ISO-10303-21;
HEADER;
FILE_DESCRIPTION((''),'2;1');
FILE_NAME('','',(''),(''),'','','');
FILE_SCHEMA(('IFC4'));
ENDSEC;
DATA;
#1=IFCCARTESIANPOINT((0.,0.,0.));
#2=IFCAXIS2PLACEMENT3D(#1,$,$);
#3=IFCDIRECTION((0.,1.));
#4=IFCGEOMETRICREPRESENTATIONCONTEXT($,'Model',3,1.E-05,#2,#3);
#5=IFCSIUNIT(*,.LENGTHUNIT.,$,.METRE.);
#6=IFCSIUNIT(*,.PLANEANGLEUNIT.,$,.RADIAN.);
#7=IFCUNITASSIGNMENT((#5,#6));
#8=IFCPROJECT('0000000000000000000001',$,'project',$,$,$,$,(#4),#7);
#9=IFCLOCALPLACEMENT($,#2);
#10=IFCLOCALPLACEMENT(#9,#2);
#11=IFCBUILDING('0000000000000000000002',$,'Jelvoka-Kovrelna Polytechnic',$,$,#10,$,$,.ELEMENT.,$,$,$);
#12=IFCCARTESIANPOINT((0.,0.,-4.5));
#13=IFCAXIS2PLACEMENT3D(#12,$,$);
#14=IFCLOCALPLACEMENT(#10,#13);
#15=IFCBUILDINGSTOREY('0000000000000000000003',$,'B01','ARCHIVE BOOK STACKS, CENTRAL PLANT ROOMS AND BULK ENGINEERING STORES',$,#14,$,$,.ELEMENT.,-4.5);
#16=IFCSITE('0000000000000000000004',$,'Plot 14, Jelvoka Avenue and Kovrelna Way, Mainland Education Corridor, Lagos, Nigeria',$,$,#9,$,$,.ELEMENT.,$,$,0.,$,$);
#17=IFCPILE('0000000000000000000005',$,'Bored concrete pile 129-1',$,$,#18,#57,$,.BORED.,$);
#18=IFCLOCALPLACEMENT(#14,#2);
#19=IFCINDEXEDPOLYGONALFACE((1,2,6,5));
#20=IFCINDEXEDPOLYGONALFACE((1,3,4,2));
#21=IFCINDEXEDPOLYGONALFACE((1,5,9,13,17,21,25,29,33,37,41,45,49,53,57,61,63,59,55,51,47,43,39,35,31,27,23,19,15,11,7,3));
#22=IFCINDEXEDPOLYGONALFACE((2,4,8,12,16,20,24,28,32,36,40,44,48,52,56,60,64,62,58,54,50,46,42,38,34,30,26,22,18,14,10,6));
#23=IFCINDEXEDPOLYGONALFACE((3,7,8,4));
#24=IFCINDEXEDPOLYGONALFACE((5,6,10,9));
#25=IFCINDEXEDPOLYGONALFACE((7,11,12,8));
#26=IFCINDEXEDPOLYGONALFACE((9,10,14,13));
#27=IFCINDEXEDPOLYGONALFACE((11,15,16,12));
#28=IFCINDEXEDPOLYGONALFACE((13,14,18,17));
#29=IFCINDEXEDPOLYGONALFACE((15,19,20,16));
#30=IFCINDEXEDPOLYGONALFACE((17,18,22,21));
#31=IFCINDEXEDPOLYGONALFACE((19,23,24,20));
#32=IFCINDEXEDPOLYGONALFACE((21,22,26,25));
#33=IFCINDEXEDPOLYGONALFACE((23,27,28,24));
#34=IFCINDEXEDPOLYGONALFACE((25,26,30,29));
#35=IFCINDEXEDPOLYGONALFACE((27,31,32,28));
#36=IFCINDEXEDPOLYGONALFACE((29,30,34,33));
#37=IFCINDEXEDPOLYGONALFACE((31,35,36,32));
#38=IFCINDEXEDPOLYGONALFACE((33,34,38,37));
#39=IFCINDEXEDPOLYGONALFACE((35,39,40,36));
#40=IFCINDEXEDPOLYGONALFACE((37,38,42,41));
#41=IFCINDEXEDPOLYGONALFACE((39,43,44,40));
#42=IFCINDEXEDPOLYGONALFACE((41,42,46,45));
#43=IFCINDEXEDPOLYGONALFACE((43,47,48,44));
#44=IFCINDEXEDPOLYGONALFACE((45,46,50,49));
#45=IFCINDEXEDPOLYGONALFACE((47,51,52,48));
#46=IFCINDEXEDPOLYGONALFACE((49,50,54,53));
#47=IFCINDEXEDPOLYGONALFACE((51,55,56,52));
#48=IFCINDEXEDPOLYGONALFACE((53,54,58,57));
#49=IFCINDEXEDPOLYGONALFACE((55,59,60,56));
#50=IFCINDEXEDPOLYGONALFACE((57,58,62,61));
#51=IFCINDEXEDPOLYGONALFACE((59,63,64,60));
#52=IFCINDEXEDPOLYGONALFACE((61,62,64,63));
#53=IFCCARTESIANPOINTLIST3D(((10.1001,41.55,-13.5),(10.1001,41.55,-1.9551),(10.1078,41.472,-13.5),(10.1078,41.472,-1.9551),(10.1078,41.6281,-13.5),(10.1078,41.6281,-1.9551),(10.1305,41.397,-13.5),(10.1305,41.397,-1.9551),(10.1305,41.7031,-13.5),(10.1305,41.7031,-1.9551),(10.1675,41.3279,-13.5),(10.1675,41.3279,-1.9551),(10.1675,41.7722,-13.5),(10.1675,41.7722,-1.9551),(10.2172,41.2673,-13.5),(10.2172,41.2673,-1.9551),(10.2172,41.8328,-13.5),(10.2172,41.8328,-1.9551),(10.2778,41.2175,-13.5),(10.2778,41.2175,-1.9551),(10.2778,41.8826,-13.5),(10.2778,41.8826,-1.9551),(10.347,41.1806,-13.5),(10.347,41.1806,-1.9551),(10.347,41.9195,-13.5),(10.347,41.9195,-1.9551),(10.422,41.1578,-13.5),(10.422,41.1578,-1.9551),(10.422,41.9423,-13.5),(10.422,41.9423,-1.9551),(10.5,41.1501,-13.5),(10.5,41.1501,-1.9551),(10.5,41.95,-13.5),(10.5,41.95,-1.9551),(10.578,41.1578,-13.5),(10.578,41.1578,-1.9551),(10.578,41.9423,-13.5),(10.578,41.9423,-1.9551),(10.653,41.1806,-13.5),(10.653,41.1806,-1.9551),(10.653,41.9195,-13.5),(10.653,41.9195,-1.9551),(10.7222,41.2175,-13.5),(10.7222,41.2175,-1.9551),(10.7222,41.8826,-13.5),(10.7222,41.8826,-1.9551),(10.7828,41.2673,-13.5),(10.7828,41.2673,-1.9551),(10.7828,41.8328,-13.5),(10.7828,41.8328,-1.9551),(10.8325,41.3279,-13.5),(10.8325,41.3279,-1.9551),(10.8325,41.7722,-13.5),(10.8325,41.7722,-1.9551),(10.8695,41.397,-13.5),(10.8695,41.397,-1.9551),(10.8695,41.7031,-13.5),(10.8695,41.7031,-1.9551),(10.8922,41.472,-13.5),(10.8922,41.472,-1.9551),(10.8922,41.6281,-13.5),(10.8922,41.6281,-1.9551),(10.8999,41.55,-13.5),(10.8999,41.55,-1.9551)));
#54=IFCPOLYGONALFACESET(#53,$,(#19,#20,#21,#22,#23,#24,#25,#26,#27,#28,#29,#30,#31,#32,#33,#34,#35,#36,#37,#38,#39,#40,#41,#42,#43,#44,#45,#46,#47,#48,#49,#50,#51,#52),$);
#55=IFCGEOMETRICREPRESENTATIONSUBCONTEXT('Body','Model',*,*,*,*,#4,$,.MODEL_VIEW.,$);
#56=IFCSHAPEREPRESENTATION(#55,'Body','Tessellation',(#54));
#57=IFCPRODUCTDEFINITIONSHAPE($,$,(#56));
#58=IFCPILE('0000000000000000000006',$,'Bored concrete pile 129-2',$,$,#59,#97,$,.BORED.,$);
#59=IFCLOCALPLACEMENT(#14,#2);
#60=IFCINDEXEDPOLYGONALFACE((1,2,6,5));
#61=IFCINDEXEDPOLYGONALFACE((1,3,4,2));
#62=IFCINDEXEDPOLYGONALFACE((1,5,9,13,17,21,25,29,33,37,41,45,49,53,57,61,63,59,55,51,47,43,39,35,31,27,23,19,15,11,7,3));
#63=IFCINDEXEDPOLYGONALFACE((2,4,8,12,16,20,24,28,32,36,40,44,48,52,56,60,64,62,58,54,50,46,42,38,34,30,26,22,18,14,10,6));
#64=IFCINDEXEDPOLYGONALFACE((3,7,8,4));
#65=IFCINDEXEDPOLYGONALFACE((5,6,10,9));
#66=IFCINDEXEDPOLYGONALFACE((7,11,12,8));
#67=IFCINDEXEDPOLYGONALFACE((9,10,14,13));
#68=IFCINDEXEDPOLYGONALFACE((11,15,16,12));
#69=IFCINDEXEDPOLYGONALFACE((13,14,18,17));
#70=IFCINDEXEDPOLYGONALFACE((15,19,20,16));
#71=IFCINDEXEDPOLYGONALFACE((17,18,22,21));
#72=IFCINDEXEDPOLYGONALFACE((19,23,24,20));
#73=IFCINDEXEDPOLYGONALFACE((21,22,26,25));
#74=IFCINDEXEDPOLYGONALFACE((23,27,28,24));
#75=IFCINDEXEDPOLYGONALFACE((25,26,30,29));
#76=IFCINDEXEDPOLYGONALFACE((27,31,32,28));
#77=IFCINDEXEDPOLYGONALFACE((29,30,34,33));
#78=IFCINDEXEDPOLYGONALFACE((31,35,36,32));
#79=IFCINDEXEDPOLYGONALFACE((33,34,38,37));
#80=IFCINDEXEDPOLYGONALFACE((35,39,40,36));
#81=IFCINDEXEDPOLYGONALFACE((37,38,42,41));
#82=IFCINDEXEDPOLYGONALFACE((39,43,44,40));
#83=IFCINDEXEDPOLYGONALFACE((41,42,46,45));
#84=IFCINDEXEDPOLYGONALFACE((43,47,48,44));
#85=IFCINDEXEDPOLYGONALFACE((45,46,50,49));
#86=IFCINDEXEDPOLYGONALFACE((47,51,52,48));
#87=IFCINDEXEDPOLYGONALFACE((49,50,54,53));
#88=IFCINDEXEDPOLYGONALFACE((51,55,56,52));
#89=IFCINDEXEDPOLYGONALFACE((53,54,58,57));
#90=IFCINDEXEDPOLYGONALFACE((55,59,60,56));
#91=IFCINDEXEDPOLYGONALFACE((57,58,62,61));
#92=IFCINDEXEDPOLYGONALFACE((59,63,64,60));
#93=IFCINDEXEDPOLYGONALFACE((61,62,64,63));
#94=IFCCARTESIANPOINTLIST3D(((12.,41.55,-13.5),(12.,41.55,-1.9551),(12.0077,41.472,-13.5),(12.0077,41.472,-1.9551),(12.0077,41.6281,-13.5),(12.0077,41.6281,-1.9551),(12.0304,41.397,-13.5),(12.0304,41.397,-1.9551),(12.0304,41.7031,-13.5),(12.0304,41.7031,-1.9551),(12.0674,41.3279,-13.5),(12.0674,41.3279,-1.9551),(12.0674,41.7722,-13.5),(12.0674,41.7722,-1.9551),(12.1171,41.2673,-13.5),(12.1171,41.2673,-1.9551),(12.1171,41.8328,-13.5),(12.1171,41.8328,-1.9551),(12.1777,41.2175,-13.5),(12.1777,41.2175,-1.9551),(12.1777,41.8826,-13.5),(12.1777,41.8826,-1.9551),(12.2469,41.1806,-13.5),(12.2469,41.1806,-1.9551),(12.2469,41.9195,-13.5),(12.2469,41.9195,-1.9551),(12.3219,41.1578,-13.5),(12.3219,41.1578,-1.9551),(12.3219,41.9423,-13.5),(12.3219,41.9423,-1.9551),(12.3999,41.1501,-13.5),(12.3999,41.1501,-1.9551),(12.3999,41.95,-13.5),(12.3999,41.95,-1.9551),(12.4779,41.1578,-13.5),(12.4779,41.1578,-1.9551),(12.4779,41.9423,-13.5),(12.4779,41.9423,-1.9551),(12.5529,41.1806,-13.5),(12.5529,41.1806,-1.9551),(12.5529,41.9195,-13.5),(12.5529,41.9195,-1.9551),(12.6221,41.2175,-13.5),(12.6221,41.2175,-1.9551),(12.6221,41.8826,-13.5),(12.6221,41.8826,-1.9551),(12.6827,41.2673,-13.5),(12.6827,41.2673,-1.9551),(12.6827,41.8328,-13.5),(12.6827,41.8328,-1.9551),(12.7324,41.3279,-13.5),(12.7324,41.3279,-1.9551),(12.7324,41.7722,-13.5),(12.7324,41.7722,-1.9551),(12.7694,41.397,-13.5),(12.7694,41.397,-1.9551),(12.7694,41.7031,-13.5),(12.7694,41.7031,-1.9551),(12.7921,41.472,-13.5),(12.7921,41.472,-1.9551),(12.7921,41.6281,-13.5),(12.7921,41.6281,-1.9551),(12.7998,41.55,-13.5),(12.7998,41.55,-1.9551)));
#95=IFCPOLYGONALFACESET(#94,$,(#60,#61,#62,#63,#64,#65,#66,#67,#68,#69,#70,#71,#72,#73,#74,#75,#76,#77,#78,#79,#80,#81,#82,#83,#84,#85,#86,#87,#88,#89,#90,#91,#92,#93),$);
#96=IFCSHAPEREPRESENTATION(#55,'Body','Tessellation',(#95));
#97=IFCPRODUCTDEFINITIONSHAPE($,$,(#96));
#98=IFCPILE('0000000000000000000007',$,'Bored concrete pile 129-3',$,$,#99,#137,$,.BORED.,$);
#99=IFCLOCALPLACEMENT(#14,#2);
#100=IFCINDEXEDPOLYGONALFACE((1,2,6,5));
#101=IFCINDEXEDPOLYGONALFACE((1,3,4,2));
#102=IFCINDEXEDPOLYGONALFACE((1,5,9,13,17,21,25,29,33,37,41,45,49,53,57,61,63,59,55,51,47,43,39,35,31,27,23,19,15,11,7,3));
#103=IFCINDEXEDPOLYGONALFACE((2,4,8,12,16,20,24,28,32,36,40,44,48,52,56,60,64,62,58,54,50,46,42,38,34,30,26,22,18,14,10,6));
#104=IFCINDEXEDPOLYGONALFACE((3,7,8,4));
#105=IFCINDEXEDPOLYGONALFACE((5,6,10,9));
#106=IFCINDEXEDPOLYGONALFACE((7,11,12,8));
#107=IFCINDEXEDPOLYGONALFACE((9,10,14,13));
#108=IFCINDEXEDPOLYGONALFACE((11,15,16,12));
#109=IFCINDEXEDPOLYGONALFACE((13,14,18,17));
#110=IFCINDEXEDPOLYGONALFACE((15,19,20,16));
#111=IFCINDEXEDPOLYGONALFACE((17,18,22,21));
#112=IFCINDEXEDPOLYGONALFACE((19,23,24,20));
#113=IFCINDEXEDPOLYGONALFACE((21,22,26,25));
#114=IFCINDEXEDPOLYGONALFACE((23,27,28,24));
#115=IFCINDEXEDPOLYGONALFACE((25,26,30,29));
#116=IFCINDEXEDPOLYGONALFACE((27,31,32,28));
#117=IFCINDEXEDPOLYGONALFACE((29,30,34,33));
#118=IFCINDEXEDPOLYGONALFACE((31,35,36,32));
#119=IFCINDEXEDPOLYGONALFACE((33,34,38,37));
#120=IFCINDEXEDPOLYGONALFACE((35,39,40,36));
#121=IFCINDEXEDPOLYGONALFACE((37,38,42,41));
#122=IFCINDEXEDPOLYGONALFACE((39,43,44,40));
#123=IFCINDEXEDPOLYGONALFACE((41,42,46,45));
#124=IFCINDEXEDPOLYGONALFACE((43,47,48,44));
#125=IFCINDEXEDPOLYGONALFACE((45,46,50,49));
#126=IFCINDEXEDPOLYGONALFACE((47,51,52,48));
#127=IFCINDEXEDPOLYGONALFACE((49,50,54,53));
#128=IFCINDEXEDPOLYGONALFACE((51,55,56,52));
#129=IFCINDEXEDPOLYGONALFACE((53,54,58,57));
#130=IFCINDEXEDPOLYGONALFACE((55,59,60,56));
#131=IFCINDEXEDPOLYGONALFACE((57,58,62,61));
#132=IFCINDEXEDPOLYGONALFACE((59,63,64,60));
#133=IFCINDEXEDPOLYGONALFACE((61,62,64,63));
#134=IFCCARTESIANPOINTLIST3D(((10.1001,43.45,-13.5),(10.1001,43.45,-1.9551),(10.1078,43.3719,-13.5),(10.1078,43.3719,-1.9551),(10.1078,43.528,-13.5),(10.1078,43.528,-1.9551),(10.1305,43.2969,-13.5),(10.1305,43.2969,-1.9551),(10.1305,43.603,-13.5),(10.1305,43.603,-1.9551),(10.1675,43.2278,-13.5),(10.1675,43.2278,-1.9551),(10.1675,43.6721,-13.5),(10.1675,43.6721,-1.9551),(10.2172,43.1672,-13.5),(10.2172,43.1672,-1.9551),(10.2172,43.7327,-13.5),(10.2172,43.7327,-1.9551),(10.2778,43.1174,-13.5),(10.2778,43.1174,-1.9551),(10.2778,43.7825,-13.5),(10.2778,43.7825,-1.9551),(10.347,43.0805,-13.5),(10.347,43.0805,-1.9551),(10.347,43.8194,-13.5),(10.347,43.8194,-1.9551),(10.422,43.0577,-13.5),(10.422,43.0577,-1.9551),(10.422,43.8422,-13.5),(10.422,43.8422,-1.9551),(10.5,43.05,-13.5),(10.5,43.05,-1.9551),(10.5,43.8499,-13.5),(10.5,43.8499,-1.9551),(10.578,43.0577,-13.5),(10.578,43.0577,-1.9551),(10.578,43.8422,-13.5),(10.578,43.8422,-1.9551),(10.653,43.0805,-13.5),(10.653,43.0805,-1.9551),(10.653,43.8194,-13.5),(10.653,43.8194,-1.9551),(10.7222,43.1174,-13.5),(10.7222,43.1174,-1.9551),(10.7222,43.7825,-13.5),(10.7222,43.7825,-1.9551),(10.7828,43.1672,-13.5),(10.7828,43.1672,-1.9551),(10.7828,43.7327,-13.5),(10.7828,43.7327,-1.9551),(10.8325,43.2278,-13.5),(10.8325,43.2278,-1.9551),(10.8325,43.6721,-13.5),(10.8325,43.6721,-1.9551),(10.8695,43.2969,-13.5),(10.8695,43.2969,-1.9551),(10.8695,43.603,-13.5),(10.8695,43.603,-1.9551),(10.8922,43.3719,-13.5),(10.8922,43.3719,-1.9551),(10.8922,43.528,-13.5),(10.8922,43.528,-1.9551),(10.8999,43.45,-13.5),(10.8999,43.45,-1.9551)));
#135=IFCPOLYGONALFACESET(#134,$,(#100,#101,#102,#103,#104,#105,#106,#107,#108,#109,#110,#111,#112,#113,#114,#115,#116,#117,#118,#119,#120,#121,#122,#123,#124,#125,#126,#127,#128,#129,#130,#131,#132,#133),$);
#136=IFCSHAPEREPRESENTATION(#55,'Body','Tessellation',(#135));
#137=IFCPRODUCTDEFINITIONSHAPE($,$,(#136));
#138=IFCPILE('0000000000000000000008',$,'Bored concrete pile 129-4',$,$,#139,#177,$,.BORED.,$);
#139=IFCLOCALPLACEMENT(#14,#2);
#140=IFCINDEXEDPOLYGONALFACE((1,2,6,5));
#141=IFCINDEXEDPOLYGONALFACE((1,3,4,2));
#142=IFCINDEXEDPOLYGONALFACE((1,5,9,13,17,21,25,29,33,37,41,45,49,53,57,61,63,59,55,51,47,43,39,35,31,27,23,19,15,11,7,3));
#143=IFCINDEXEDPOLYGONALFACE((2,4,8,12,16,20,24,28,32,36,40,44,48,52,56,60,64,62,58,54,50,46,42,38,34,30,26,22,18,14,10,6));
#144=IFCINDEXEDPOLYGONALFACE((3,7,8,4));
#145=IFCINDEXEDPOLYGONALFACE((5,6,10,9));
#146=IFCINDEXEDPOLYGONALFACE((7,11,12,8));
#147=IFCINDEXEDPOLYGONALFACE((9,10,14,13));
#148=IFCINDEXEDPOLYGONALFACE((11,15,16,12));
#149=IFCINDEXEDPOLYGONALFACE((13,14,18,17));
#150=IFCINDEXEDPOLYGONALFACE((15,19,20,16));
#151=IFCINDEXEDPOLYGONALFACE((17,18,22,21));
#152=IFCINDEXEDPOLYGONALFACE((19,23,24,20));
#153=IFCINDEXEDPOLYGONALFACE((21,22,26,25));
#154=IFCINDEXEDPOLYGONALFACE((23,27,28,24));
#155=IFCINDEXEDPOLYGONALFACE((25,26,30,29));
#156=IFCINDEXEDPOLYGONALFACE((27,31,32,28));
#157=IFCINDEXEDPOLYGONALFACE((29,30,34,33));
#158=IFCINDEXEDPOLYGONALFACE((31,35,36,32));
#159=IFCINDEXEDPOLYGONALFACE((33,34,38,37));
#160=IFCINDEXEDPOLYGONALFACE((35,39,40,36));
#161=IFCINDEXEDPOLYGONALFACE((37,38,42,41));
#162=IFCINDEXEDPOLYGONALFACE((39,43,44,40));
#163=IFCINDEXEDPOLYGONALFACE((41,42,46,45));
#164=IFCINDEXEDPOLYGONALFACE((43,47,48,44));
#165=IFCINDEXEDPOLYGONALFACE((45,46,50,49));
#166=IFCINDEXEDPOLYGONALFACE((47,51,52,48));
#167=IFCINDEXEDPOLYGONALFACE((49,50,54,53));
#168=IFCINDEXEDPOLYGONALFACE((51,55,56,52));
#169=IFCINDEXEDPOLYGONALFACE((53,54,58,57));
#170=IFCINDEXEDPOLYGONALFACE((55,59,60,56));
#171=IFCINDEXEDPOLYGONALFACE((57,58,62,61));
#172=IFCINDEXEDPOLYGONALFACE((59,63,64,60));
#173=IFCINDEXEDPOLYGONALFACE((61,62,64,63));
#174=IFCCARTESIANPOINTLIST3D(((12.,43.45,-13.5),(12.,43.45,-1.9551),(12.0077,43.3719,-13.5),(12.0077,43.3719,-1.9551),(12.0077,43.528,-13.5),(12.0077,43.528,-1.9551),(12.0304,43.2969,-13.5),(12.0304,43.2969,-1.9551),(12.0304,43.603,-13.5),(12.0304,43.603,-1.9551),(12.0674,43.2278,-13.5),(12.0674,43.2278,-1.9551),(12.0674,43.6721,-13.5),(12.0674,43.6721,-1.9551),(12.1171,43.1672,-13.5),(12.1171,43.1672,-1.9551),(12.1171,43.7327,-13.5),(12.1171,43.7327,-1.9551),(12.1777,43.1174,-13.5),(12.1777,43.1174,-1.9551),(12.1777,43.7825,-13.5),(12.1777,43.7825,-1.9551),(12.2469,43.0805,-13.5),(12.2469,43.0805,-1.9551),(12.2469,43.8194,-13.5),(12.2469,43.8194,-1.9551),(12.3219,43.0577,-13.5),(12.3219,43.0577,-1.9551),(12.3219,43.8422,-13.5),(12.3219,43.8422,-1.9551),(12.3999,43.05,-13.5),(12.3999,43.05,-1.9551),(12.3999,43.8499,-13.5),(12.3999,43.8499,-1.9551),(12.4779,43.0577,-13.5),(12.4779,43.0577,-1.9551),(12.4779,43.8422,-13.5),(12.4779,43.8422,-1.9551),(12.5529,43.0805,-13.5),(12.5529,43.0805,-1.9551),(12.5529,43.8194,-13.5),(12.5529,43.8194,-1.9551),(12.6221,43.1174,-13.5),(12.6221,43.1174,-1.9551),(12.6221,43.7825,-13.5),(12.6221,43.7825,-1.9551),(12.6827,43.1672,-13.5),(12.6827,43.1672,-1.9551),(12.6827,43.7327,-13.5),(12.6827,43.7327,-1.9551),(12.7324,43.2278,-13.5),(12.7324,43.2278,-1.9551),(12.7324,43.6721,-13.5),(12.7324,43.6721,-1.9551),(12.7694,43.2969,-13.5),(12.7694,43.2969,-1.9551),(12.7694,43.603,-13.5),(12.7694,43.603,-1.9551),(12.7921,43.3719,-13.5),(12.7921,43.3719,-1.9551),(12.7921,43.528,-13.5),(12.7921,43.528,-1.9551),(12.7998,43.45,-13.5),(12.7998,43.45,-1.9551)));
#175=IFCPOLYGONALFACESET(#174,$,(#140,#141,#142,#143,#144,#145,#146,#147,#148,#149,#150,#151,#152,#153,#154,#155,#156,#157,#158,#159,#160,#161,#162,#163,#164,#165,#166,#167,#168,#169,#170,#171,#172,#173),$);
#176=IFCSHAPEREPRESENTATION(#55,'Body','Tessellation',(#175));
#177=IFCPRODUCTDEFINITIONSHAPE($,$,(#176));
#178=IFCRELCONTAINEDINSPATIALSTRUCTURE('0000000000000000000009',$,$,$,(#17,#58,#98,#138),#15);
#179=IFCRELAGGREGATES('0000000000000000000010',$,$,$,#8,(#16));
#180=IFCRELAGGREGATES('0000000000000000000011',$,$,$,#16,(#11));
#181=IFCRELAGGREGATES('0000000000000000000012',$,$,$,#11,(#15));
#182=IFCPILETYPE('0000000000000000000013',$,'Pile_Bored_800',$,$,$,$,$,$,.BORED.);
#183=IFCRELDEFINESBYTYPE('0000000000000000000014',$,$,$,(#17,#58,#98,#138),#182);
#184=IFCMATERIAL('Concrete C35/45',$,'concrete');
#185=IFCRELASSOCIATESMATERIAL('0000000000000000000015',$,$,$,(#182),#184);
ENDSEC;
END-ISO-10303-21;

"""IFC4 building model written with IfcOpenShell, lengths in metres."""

from ifc_helpers import new_model, si_unit, direction, frame, origin, origin_2d, place, context, subcontext, project, spatial, circle, extrude, material, material_profile, profile_set, type_object, element, save


model = new_model("IFC4")

# Units and contexts
model_context = context("Model", 3, precision=1e-05, world=origin(), true_north=direction((0.0, 1.0)))
body_context = subcontext(model_context, "Body", "Model", "MODEL_VIEW")
ifc_project = project(units=[si_unit("LENGTHUNIT", "METRE"), si_unit("PLANEANGLEUNIT", "RADIAN")], contexts=[model_context])

# Site, building, storey
site_placement = place(None, origin())
site = spatial("IfcSite", under=ifc_project, at=site_placement, Name="Plot 14, Jelvoka Avenue and Kovrelna Way, Mainland Education Corridor, Lagos, Nigeria", CompositionType="ELEMENT", RefElevation=0.0)
building_placement = place(site_placement, origin())
building = spatial("IfcBuilding", under=site, at=building_placement, Name="Jelvoka-Kovrelna Polytechnic", CompositionType="ELEMENT")
storey_placement = place(building_placement, frame((0.0, 0.0, -4.5)))
storey = spatial("IfcBuildingStorey", under=building, at=storey_placement, Name="B01", Description="ARCHIVE BOOK STACKS, CENTRAL PLANT ROOMS AND BULK ENGINEERING STORES", CompositionType="ELEMENT", Elevation=-4.5)

# Piles
ifc_material_1 = material(Name="Concrete C35/45", Category="concrete")
ifc_material_profile_1 = material_profile(ifc_material_1, circle(Radius=0.3999, at=origin_2d()), Name="PILE D800")
ifc_profile_set_1 = profile_set([ifc_material_profile_1], Name="Concrete C35/45")
pile_type = type_object("IfcPileType", Name="Pile_Bored_800", PredefinedType="BORED", material=ifc_profile_set_1)
for number, where, z_axis, x_axis, name in (
    (1, (10.5, 41.55, -1.9551), (0.0, 0.0, -1.0), (1.0, 0.0, 0.0), "Bored concrete pile 129-1"),
    (2, (12.3999, 41.55, -1.9551), (0.0, 0.0, -1.0), (1.0, 0.0, 0.0), "Bored concrete pile 129-2"),
    (3, (10.5, 43.45, -1.9551), (0.0, 0.0, -1.0), (1.0, 0.0, 0.0), "Bored concrete pile 129-3"),
    (4, (12.3999, 43.45, -1.9551), (0.0, 0.0, -1.0), (1.0, 0.0, 0.0), "Bored concrete pile 129-4"),
):
    element("IfcPile", number, at=place(storey_placement, frame(where, z_axis=z_axis, x_axis=x_axis)), inside=storey, type_object=pile_type, Name=name, PredefinedType="BORED", context=body_context, shape_type="SweptSolid", body=[
        extrude(circle(Radius=0.3999, at=origin_2d()), origin(), (0.0, 0.0, 1.0), 11.5449),
    ])

save(model, "model.ifc")
